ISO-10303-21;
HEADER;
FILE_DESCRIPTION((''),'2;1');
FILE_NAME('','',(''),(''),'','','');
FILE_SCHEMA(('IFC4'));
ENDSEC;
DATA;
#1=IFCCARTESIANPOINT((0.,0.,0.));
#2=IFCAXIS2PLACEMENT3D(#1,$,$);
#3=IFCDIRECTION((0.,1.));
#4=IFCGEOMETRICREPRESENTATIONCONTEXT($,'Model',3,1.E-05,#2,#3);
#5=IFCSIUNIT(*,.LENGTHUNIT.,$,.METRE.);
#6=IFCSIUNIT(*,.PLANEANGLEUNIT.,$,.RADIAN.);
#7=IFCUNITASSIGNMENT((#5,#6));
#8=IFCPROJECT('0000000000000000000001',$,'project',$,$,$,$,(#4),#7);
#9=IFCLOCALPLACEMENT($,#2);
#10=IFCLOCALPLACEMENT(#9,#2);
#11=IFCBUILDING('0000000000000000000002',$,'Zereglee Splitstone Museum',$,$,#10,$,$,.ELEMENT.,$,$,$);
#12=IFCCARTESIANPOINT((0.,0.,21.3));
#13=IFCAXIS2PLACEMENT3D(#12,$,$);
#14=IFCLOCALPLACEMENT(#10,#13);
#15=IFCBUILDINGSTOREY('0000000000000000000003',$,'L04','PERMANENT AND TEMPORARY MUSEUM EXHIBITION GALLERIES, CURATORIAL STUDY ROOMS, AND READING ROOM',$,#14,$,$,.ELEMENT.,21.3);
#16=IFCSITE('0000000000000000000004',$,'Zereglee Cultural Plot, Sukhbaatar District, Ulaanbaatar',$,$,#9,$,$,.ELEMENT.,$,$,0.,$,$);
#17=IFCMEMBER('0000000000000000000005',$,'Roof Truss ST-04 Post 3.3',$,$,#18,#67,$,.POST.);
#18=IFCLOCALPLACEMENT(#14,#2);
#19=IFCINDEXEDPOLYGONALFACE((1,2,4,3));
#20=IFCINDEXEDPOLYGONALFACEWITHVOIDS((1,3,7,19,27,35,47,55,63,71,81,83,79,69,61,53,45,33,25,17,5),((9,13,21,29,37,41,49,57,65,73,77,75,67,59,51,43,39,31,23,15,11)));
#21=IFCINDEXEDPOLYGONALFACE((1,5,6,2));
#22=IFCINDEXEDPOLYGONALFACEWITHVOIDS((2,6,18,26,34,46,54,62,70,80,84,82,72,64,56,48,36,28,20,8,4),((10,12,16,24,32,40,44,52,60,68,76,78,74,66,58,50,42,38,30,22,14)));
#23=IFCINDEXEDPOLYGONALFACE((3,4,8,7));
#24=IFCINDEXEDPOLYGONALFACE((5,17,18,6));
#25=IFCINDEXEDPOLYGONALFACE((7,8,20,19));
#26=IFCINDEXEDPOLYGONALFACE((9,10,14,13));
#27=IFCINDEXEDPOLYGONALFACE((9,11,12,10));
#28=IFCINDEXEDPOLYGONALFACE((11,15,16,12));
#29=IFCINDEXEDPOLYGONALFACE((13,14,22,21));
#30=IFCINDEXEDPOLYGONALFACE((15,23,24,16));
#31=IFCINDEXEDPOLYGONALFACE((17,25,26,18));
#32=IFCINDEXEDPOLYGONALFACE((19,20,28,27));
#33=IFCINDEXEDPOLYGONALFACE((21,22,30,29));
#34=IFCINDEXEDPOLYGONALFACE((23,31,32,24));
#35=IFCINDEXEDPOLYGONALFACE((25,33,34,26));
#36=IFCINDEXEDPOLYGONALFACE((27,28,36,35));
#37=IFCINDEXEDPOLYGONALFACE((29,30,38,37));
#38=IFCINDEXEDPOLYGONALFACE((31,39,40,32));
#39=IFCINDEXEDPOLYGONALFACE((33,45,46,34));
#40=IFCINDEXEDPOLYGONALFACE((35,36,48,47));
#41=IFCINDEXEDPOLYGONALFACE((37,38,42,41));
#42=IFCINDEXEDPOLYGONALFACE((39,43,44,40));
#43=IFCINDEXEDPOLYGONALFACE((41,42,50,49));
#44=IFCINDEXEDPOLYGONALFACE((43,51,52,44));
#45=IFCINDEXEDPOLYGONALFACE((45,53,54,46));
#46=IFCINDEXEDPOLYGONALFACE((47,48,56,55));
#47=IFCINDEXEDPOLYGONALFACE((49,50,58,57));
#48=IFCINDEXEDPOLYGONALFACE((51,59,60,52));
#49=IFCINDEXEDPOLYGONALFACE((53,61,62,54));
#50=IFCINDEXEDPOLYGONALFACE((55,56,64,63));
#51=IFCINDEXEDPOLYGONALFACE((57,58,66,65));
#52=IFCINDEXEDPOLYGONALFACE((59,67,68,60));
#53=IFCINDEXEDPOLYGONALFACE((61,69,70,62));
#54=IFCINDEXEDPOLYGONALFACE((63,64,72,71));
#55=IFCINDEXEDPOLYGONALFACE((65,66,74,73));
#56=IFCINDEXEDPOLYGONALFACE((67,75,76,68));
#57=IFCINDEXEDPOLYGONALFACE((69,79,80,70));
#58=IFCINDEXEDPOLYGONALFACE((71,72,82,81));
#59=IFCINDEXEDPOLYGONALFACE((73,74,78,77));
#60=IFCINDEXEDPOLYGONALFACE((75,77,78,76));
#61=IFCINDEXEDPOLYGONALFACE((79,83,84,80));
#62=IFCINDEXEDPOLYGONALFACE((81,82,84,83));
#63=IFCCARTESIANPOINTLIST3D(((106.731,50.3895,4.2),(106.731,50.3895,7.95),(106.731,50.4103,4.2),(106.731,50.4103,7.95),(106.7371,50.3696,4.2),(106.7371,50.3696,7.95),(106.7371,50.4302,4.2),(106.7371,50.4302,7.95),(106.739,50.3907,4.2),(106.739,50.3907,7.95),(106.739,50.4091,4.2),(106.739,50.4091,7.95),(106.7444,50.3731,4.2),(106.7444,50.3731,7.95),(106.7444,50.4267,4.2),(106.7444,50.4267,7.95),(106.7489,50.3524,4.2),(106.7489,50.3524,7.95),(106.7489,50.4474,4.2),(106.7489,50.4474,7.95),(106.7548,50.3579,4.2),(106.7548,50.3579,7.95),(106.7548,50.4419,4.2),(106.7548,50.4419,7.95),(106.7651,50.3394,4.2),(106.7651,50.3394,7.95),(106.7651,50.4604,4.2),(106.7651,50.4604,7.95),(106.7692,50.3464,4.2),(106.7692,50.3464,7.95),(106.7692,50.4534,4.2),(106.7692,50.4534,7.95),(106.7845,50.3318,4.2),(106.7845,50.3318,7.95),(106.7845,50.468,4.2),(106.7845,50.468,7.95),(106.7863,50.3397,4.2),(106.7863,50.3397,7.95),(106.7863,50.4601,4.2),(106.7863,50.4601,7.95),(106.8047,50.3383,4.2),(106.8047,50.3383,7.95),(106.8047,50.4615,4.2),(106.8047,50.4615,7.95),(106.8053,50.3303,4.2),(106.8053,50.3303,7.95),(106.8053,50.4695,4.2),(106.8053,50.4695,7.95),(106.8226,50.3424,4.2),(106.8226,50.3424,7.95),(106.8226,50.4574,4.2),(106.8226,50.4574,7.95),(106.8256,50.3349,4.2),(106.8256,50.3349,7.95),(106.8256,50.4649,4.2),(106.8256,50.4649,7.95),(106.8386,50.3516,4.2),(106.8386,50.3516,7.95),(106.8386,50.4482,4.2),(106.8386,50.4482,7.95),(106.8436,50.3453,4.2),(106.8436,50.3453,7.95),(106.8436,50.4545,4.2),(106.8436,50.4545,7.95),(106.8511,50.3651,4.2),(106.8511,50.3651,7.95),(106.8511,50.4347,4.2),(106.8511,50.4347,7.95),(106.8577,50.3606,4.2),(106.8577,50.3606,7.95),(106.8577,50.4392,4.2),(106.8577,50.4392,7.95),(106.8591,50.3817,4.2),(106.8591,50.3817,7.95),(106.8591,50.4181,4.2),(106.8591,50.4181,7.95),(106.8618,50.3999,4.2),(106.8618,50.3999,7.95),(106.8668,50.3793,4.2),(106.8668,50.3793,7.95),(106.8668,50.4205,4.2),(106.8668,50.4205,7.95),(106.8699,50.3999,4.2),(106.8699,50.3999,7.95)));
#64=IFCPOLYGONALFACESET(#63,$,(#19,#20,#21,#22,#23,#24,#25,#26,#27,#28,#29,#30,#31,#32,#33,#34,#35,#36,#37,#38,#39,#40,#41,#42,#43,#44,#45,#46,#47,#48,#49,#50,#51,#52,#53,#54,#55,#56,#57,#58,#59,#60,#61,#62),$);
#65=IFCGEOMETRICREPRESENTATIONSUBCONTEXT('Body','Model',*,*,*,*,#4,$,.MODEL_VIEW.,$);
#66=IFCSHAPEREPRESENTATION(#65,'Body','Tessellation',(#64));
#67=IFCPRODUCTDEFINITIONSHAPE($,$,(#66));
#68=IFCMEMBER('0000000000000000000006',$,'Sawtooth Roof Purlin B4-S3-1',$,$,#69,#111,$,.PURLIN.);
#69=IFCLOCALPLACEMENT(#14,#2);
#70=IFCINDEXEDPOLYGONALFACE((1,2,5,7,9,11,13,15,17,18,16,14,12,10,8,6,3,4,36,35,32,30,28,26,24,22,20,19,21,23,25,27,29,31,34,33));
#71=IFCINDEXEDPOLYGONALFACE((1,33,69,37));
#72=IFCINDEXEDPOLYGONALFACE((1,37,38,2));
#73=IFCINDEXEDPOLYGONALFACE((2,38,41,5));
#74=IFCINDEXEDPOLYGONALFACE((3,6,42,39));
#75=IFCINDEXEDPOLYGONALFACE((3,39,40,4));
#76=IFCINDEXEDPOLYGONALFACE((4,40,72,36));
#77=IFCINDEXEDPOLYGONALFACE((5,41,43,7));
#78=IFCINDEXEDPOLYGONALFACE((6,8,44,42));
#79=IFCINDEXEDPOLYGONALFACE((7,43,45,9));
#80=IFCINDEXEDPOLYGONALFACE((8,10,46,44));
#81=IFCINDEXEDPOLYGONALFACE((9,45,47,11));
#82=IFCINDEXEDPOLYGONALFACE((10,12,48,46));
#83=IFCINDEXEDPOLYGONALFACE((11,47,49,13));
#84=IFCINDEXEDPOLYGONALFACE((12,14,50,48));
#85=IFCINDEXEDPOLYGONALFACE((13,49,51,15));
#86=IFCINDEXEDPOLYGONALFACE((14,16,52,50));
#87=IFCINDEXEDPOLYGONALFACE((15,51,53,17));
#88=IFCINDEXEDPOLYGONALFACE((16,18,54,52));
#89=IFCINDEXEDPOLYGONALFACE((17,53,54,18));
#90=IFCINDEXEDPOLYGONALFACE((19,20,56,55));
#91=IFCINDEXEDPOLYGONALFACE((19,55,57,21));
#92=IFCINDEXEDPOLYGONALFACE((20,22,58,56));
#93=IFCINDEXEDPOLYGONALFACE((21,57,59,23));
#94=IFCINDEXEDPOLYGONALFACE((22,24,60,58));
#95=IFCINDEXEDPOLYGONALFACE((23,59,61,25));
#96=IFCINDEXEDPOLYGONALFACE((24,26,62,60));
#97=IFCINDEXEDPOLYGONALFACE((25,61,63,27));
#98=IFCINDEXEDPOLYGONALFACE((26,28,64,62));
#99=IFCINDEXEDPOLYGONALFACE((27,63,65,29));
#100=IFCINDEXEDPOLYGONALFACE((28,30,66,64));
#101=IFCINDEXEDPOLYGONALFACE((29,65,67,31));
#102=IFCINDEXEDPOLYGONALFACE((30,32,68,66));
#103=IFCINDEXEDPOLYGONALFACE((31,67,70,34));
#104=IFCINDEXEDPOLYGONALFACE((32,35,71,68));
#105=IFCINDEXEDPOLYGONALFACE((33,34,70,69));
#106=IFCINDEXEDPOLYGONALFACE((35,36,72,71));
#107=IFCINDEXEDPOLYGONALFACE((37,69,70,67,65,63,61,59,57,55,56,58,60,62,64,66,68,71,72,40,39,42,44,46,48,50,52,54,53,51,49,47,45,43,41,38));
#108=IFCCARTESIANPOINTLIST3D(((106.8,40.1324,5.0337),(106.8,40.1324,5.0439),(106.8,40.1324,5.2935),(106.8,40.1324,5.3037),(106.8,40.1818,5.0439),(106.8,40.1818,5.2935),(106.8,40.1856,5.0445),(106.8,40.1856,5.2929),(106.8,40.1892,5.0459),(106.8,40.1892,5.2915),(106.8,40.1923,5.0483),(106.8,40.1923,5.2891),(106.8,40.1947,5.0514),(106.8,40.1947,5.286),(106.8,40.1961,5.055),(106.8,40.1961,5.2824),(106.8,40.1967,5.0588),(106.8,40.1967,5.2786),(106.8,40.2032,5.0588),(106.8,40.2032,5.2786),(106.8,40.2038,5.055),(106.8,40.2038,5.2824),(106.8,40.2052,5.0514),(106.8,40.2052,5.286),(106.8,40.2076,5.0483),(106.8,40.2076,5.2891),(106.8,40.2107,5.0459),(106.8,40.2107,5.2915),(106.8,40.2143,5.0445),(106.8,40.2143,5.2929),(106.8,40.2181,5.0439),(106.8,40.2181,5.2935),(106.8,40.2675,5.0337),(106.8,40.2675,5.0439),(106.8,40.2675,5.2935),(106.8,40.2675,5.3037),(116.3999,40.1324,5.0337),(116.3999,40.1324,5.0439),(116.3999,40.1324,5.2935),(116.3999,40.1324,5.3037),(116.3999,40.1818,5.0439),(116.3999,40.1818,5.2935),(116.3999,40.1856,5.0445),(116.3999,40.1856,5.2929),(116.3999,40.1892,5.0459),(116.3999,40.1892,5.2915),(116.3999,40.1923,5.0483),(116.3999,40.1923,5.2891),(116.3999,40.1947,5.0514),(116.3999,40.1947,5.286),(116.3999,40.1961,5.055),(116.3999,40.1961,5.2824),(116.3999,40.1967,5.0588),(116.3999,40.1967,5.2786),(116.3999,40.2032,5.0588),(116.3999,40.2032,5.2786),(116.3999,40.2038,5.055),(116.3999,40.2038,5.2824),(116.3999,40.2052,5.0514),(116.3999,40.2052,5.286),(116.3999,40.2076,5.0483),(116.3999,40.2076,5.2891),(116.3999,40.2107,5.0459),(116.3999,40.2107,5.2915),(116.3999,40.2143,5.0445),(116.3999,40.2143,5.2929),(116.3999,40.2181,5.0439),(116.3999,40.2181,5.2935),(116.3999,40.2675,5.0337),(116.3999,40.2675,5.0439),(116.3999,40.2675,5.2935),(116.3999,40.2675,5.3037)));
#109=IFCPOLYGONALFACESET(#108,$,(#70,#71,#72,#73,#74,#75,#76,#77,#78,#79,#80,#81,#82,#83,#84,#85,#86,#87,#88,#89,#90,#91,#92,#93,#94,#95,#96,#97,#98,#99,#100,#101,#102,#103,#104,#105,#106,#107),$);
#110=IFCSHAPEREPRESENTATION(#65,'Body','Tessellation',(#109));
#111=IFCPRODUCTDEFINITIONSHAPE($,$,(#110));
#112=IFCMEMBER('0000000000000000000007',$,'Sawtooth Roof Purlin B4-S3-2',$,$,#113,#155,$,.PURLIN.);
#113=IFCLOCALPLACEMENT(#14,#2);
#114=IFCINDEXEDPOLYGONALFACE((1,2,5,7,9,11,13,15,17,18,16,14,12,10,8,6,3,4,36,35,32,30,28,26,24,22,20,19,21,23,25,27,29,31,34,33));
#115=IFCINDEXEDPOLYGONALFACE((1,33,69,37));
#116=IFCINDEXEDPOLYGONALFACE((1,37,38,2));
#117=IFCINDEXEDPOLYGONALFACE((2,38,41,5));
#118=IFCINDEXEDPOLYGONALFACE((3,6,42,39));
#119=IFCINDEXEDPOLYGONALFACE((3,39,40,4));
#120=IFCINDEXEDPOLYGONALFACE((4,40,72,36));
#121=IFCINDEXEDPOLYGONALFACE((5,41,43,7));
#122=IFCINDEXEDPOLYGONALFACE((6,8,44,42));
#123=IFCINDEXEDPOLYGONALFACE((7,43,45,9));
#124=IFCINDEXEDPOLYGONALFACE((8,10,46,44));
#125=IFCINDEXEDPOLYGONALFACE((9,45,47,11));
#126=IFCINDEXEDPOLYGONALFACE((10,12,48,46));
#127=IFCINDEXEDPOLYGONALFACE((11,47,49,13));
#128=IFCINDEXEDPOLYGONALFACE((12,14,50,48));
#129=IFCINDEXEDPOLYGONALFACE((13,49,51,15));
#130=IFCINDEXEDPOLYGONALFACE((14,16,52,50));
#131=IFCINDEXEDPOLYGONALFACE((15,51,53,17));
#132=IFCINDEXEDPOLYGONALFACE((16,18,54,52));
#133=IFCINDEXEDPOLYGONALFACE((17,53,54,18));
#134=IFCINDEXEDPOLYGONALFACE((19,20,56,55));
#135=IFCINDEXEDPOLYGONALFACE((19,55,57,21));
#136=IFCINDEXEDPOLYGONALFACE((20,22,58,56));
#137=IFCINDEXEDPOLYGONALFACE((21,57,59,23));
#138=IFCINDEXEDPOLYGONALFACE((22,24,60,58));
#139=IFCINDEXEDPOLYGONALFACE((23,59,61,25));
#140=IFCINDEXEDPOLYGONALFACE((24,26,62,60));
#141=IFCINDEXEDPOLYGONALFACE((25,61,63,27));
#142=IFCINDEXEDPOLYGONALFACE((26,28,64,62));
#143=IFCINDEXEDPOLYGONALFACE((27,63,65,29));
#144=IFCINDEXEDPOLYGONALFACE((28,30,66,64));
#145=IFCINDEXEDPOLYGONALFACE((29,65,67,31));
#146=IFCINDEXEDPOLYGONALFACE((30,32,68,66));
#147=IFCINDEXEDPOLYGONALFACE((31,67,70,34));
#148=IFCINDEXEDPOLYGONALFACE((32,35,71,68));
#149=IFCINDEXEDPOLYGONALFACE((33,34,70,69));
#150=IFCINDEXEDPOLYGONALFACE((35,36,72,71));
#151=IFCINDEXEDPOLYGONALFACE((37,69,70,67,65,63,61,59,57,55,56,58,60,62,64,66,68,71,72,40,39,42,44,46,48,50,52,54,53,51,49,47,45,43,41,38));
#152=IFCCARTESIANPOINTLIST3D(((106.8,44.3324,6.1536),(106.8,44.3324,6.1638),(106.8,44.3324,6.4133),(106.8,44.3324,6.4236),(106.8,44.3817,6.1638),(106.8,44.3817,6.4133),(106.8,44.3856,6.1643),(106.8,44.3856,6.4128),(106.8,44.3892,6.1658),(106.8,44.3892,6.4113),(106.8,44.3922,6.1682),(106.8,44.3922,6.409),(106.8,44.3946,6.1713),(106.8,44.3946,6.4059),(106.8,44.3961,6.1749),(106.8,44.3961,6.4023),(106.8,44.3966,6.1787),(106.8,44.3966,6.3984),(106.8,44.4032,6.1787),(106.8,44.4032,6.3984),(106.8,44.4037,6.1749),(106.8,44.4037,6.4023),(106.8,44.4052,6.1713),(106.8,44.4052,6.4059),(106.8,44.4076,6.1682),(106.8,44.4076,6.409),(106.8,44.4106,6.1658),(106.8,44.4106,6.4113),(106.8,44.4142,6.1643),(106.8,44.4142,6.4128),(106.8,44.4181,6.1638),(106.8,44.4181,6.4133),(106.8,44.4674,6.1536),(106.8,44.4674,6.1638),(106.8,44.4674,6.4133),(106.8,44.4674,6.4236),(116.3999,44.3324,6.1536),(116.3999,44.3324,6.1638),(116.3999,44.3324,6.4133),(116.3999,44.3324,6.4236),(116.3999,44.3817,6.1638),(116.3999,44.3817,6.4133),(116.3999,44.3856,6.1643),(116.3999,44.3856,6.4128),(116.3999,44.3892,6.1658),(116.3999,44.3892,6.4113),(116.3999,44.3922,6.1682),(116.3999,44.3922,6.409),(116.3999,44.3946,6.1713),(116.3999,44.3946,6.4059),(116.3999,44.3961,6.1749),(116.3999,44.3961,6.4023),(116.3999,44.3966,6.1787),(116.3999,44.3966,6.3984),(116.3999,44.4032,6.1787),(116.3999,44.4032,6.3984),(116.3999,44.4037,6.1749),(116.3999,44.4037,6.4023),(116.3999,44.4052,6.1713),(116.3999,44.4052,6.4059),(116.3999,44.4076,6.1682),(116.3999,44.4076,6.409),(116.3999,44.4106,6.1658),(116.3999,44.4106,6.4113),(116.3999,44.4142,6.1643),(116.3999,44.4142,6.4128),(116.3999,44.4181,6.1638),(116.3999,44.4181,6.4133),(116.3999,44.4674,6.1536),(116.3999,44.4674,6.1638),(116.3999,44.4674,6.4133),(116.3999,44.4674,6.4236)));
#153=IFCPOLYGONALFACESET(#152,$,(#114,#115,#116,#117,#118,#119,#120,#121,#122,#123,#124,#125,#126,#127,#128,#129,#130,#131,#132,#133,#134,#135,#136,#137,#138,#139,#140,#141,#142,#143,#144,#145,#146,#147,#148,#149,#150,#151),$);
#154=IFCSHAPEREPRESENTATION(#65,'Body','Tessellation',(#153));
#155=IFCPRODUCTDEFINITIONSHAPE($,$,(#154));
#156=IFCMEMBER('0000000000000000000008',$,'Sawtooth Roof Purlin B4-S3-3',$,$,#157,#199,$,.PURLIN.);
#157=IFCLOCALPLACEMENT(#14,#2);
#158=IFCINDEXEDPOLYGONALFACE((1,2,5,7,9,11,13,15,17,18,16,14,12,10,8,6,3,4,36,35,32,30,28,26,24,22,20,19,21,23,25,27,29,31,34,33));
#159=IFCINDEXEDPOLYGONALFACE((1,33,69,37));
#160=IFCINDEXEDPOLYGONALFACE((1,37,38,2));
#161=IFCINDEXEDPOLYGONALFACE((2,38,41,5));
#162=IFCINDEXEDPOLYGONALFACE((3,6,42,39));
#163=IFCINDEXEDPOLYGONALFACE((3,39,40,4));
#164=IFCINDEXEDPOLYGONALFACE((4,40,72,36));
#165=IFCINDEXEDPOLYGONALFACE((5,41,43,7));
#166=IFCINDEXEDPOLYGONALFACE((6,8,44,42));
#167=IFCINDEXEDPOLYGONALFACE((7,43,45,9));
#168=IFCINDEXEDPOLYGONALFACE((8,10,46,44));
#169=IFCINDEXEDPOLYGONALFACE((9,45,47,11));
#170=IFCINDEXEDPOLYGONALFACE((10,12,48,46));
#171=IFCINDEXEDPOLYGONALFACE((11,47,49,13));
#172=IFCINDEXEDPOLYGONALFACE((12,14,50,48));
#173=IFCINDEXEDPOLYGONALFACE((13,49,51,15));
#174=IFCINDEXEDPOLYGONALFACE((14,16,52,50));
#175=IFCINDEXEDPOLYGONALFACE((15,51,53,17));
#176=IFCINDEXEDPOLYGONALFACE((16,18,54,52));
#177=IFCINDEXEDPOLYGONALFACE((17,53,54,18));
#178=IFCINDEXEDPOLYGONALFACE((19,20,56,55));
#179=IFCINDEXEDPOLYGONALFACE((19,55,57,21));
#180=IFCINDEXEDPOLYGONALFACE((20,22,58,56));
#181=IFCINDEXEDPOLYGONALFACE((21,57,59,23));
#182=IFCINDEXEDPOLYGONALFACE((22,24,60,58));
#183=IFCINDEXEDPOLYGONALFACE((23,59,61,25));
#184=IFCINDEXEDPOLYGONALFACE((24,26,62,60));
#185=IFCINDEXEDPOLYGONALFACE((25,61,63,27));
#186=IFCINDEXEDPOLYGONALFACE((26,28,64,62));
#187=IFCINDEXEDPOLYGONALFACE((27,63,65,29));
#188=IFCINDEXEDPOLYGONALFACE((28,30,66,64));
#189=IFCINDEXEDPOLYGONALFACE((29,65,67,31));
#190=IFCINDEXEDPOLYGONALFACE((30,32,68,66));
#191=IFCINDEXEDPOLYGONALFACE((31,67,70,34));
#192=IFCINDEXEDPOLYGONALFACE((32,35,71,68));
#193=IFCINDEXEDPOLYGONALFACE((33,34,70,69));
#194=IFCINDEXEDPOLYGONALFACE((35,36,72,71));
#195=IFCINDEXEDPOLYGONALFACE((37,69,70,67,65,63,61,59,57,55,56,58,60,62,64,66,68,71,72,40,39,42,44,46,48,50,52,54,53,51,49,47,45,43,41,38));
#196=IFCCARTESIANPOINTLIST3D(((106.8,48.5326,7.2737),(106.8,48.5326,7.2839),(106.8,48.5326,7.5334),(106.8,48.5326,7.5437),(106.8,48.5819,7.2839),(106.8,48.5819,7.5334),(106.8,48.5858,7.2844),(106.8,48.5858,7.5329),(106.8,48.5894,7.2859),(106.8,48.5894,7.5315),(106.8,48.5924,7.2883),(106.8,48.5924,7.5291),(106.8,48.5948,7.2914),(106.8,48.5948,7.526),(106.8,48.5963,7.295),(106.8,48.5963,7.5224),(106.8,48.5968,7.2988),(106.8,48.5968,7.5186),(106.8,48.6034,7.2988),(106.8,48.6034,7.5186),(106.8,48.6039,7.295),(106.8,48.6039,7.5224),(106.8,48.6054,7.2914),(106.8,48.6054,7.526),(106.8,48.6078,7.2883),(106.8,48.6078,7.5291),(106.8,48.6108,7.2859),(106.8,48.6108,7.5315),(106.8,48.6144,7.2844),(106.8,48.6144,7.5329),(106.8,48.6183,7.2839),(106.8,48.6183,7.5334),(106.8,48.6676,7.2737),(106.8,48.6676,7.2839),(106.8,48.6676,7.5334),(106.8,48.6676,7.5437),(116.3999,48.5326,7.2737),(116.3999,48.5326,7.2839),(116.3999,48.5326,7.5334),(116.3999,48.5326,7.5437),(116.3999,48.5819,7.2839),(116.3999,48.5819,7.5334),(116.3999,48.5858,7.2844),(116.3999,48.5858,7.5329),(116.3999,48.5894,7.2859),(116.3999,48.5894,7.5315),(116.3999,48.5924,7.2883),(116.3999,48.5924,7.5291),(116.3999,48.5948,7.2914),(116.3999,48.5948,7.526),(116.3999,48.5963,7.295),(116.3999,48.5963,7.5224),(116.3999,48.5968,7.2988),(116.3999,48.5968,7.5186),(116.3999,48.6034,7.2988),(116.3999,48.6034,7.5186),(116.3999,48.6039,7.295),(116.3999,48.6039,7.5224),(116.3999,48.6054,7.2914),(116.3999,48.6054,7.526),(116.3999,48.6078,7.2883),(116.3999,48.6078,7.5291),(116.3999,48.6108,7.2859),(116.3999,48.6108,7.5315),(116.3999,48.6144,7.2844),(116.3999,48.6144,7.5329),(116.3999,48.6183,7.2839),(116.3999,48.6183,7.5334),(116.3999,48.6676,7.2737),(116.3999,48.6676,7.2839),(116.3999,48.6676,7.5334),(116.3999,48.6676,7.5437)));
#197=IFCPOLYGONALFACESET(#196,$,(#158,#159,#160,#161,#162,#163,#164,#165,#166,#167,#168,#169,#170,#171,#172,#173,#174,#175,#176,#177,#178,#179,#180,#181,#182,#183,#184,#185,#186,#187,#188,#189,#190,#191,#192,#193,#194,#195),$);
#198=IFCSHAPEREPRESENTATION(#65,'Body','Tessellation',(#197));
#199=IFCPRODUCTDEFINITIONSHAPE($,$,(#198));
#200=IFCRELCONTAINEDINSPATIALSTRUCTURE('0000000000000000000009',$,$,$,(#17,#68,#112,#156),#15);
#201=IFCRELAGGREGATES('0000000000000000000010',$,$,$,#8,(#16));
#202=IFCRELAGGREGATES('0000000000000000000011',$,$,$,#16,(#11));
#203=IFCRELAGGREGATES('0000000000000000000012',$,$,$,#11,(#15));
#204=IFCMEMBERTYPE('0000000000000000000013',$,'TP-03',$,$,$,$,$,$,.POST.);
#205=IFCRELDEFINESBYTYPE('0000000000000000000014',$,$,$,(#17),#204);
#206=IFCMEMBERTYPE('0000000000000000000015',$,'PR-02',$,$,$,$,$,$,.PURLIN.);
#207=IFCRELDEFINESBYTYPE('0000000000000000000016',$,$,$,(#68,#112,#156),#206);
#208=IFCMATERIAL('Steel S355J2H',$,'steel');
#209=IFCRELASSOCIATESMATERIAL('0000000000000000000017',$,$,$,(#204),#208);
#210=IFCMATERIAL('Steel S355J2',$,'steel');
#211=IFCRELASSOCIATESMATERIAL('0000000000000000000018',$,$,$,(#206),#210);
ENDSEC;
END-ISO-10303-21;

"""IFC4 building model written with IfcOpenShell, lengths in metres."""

from ifc_helpers import new_model, si_unit, direction, frame, origin, origin_2d, place, context, subcontext, project, spatial, hollow_circle, i_section, extrude, material, material_profile, profile_set, type_object, element, save


model = new_model("IFC4")

# Units and contexts
model_context = context("Model", 3, precision=1e-05, world=origin(), true_north=direction((0.0, 1.0)))
body_context = subcontext(model_context, "Body", "Model", "MODEL_VIEW")
ifc_project = project(units=[si_unit("LENGTHUNIT", "METRE"), si_unit("PLANEANGLEUNIT", "RADIAN")], contexts=[model_context])

# Site, building, storey
site_placement = place(None, origin())
site = spatial("IfcSite", under=ifc_project, at=site_placement, Name="Zereglee Cultural Plot, Sukhbaatar District, Ulaanbaatar", CompositionType="ELEMENT", RefElevation=0.0)
building_placement = place(site_placement, origin())
building = spatial("IfcBuilding", under=site, at=building_placement, Name="Zereglee Splitstone Museum", CompositionType="ELEMENT")
storey_placement = place(building_placement, frame((0.0, 0.0, 21.3)))
storey = spatial("IfcBuildingStorey", under=building, at=storey_placement, Name="L04", Description="PERMANENT AND TEMPORARY MUSEUM EXHIBITION GALLERIES, CURATORIAL STUDY ROOMS, AND READING ROOM", CompositionType="ELEMENT", Elevation=21.3)

# Shared definitions
ifc_material_1 = material(Name="Steel S355J2", Category="steel")

# Shared definitions
ifc_material_2 = material(Name="Steel S355J2H", Category="steel")

# Members
ifc_material_profile_1 = material_profile(ifc_material_2, hollow_circle(Radius=0.0698, WallThickness=0.0081, at=origin_2d()), Name="CHS 139.7x8")
ifc_profile_set_1 = profile_set([ifc_material_profile_1], Name="Steel S355J2H")
member_type_1 = type_object("IfcMemberType", Name="TP-03", PredefinedType="POST", material=ifc_profile_set_1)
member_1_placement = place(storey_placement, frame((106.8, 50.3999, 4.2), z_axis=(0.0, 0.0, 1.0), x_axis=(1.0, 0.0, 0.0)))
element("IfcMember", 1, at=member_1_placement, inside=storey, type_object=member_type_1, Name="Roof Truss ST-04 Post 3.3", PredefinedType="POST", context=body_context, shape_type="SweptSolid", body=[
    extrude(hollow_circle(Radius=0.0698, WallThickness=0.0081, at=origin_2d()), origin(), (0.0, 0.0, 1.0), 3.75),
])
ifc_material_profile_2 = material_profile(ifc_material_1, i_section(OverallWidth=0.135, OverallDepth=0.27, WebThickness=0.0066, FlangeThickness=0.0103, FilletRadius=0.0149, at=origin_2d()), Name="IPE 270")
ifc_profile_set_2 = profile_set([ifc_material_profile_2], Name="Steel S355J2")
member_type_2 = type_object("IfcMemberType", Name="PR-02", PredefinedType="PURLIN", material=ifc_profile_set_2)
for number, where, z_axis, x_axis, name in (
    (2, (106.8, 40.2, 5.1687), (1.0, 0.0, 0.0), (0.0, 1.0, 0.0), "Sawtooth Roof Purlin B4-S3-1"),
    (3, (106.8, 44.3999, 6.2886), (1.0, 0.0, 0.0), (0.0, 1.0, 0.0), "Sawtooth Roof Purlin B4-S3-2"),
    (4, (106.8, 48.6001, 7.4087), (1.0, 0.0, 0.0), (0.0, 1.0, 0.0), "Sawtooth Roof Purlin B4-S3-3"),
):
    element("IfcMember", number, at=place(storey_placement, frame(where, z_axis=z_axis, x_axis=x_axis)), inside=storey, type_object=member_type_2, Name=name, PredefinedType="PURLIN", context=body_context, shape_type="SweptSolid", body=[
        extrude(i_section(OverallWidth=0.135, OverallDepth=0.27, WebThickness=0.0066, FlangeThickness=0.0103, FilletRadius=0.0149, at=origin_2d()), origin(), (0.0, 0.0, 1.0), 9.5999),
    ])

save(model, "model.ifc")
